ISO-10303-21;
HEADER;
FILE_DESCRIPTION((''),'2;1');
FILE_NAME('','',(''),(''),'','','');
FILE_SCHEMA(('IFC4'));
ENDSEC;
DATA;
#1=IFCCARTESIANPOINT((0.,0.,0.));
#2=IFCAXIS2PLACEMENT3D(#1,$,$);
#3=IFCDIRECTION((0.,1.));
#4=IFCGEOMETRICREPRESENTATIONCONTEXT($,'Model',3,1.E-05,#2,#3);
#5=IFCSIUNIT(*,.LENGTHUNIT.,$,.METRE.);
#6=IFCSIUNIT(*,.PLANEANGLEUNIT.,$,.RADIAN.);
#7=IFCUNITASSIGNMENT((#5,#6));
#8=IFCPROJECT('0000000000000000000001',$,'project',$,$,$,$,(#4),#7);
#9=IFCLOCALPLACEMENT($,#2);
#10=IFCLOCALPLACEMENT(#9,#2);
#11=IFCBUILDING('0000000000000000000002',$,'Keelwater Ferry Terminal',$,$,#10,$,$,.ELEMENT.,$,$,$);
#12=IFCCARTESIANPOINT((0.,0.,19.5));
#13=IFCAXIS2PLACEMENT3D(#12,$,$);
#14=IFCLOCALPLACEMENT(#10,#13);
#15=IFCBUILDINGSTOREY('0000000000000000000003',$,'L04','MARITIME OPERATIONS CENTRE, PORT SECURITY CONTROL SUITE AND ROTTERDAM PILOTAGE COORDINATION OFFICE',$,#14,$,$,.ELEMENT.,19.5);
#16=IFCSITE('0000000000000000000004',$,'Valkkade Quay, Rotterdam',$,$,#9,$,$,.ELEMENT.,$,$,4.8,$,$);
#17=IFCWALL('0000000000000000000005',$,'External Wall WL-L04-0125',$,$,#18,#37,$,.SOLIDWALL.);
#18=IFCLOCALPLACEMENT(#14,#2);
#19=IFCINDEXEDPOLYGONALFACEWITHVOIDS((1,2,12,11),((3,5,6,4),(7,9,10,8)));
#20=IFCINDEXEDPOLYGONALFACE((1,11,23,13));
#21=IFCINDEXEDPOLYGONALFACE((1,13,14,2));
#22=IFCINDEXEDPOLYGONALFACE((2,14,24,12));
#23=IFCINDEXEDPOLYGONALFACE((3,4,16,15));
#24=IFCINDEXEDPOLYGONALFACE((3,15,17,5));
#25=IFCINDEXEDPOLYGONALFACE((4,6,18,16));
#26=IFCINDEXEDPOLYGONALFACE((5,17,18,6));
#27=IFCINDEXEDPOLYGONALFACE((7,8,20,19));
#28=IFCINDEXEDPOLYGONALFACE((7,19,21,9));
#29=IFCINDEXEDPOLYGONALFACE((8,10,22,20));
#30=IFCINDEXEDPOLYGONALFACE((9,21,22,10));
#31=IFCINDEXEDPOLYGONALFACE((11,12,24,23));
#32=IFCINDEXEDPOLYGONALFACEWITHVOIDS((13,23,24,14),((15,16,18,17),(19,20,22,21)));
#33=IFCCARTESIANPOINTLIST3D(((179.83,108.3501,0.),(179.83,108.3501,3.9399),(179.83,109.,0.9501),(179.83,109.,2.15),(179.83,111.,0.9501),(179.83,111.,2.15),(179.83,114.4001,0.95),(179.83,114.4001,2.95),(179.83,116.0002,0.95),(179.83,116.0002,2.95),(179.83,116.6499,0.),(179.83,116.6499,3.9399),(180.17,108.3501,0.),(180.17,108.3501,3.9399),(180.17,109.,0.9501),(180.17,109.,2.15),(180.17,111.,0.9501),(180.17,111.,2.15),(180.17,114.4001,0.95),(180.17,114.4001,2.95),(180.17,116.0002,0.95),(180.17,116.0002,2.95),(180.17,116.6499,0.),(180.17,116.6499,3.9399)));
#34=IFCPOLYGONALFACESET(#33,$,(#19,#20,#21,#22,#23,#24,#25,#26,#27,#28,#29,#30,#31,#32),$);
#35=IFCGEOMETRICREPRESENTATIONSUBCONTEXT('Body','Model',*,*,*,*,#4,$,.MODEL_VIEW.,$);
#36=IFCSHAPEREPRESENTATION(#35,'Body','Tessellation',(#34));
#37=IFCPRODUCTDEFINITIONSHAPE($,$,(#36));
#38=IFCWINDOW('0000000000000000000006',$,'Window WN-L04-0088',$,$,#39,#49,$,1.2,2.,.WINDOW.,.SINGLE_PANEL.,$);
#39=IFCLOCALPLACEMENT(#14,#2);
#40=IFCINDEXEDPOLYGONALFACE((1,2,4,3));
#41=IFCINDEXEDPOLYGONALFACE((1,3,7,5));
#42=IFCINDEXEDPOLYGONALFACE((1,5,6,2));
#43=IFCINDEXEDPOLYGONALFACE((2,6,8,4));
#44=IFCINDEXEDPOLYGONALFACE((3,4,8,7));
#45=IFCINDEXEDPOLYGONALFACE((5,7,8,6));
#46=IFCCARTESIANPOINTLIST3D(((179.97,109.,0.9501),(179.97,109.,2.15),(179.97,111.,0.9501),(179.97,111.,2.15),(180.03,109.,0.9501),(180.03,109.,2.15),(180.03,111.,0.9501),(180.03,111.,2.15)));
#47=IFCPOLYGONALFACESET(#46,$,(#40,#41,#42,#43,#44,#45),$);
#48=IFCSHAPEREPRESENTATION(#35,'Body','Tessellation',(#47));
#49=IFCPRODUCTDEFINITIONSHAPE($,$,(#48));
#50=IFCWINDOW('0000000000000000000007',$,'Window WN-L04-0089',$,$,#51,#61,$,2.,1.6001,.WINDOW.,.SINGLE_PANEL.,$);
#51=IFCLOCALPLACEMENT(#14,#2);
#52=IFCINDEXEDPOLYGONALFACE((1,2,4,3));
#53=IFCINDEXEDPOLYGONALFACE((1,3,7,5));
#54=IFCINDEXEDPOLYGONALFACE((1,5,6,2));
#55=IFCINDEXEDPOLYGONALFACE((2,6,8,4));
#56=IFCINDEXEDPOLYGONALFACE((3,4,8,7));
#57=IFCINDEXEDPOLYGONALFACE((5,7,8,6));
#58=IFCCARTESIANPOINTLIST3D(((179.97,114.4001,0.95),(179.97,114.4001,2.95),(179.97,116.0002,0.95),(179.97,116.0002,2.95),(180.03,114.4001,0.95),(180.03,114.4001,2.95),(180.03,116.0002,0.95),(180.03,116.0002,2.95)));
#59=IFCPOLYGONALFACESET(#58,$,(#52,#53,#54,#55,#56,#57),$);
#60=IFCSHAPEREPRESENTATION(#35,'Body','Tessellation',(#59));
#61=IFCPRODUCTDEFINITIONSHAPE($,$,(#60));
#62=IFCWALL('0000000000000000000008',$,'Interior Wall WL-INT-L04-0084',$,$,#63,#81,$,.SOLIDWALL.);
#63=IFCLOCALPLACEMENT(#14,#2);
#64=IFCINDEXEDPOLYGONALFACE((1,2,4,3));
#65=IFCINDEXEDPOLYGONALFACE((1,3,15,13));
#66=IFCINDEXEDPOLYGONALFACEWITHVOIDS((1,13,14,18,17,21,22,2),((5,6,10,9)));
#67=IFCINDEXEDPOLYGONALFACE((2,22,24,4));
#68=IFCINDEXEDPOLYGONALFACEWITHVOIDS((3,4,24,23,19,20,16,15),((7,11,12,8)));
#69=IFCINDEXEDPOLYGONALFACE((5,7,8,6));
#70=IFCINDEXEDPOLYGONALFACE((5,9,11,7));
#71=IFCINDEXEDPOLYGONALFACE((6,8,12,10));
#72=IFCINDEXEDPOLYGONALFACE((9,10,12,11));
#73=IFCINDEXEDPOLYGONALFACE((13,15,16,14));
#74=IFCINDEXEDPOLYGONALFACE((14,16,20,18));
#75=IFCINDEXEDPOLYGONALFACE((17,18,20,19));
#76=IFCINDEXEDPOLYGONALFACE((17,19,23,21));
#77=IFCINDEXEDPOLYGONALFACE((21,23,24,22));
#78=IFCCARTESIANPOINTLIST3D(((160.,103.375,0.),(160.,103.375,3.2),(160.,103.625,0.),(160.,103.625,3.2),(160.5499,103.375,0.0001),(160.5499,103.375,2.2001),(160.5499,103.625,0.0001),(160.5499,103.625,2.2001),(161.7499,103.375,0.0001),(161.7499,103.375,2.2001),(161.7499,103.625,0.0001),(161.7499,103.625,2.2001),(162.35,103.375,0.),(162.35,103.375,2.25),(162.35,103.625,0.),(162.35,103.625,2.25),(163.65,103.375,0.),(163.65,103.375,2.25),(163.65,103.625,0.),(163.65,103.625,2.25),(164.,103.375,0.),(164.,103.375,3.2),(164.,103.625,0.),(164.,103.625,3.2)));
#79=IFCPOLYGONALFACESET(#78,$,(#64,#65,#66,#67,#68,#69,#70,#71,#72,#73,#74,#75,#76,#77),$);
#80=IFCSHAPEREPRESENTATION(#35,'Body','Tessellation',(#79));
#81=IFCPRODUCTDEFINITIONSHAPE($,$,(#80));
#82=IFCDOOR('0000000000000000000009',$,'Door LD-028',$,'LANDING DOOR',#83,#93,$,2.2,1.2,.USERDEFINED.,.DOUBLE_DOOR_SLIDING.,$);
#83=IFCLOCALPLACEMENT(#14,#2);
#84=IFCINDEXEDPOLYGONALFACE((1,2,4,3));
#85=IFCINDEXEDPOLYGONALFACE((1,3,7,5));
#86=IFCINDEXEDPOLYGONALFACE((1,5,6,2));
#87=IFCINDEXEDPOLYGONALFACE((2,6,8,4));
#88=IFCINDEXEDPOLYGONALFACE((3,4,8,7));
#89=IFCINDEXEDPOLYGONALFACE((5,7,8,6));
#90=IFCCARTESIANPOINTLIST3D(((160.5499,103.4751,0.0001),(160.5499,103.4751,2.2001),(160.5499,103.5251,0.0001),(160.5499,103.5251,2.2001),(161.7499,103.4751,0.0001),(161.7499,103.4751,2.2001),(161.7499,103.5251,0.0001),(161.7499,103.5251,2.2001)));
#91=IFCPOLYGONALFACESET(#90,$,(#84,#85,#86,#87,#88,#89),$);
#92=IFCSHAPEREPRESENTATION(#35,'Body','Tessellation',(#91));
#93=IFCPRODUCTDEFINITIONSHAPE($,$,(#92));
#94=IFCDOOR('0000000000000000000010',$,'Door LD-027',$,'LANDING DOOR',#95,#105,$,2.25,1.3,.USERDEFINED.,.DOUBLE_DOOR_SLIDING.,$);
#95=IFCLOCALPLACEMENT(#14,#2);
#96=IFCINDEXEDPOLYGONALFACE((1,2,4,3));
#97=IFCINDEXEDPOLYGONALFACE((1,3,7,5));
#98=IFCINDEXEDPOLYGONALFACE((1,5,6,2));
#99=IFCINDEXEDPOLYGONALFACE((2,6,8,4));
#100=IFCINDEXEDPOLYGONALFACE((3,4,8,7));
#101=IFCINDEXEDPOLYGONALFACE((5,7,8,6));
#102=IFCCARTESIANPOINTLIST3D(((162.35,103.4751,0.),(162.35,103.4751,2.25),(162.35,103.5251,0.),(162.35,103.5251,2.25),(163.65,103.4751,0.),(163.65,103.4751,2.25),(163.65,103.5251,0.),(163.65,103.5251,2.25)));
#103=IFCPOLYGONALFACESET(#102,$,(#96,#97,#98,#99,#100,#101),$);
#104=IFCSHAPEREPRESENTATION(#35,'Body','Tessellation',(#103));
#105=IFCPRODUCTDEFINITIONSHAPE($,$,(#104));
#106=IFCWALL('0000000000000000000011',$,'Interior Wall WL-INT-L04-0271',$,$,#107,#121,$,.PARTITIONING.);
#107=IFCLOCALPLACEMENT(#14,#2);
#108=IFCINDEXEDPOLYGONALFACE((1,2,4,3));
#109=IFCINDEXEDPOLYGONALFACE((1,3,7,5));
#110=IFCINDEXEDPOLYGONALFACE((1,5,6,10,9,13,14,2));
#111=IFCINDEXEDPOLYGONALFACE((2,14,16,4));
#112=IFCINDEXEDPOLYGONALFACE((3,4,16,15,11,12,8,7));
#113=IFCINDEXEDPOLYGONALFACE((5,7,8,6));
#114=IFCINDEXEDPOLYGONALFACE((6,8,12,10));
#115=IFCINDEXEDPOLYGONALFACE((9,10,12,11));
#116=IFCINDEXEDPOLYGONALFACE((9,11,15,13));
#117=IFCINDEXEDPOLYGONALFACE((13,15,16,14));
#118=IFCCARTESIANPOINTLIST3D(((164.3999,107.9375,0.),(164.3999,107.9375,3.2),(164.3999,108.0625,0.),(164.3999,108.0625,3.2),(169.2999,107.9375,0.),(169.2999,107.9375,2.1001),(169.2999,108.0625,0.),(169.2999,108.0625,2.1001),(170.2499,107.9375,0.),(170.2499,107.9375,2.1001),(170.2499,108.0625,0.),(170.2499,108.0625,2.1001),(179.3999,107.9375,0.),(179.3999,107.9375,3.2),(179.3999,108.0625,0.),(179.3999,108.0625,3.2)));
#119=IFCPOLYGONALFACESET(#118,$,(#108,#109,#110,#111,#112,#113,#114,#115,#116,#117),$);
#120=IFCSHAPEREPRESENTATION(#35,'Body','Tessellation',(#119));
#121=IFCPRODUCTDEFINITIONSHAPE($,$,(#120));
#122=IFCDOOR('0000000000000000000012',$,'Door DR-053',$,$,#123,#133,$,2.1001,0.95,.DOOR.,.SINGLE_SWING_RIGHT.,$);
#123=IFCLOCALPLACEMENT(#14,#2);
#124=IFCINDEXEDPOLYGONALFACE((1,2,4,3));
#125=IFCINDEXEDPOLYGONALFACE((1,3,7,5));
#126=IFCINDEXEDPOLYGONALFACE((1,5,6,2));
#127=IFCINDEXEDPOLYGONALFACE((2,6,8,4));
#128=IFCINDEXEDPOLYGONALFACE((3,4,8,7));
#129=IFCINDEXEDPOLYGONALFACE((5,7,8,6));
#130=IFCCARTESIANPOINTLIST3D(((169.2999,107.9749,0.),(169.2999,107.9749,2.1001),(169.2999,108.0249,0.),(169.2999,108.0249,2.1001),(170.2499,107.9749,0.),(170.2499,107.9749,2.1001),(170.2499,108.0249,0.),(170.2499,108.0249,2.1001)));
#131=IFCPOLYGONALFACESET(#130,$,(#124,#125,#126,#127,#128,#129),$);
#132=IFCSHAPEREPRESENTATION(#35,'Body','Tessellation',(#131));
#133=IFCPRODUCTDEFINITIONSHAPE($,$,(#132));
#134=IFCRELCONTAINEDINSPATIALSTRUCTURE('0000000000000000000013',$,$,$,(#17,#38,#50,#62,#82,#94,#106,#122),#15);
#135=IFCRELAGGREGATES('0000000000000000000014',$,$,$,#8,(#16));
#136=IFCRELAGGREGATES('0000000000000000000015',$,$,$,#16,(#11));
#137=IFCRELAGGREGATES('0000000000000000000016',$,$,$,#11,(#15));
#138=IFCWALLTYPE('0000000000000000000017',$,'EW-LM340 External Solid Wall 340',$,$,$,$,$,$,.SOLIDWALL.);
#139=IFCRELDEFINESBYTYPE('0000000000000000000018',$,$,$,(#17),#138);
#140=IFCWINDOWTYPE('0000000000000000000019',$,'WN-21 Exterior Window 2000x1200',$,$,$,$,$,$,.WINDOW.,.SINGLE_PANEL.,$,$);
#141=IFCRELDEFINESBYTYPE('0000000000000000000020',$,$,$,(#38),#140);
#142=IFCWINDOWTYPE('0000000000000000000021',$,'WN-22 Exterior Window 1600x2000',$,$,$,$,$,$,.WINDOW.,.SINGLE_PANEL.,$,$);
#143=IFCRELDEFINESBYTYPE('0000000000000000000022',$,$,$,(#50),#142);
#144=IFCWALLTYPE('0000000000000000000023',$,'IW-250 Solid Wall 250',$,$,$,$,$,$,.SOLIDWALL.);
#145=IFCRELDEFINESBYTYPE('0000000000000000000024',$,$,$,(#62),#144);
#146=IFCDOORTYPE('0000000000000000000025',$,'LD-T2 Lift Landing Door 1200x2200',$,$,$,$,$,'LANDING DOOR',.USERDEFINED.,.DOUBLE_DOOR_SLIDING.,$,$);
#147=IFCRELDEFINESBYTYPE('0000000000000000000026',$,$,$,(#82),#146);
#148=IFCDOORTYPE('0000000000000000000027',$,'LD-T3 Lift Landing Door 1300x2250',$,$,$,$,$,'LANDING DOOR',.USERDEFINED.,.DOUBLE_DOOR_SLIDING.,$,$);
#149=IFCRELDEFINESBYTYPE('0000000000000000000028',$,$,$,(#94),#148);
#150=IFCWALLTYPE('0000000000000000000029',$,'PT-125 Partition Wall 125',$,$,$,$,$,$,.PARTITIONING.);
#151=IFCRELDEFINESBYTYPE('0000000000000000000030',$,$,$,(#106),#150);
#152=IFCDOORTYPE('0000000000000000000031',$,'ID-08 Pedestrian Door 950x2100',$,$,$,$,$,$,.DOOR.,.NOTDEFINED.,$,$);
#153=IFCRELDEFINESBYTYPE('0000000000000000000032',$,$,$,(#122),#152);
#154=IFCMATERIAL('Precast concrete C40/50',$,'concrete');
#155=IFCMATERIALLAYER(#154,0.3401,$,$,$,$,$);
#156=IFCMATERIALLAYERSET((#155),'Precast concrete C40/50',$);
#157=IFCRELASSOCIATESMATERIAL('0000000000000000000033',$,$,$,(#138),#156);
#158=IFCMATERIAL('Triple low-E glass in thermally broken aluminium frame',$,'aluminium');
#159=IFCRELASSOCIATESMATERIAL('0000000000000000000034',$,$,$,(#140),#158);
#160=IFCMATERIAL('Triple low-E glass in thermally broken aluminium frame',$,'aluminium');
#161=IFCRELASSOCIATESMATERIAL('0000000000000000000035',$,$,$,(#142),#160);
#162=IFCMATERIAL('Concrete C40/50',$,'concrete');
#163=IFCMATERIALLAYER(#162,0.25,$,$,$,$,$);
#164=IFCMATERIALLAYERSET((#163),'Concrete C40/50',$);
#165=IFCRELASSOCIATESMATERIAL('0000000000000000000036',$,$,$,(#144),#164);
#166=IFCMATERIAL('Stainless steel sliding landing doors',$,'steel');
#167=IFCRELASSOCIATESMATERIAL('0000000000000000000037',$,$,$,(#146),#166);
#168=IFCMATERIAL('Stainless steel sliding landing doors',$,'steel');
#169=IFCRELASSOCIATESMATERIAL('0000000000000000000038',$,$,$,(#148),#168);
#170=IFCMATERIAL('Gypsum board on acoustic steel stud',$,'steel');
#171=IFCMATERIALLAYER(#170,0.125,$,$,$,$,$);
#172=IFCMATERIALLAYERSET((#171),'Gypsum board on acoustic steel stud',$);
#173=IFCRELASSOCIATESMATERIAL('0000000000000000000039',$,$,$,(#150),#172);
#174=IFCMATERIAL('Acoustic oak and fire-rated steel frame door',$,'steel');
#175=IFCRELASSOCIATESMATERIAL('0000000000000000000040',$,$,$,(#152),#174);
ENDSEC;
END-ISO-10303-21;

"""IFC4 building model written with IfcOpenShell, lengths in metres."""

from ifc_helpers import new_model, si_unit, direction, frame, frame_2d, origin, place, context, subcontext, project, spatial, rectangle, extrude, material, layer, layer_set, type_object, element, fill, save


model = new_model("IFC4")

# Units and contexts
model_context = context("Model", 3, precision=1e-05, world=origin(), true_north=direction((0.0, 1.0)))
body_context = subcontext(model_context, "Body", "Model", "MODEL_VIEW")
ifc_project = project(units=[si_unit("LENGTHUNIT", "METRE"), si_unit("PLANEANGLEUNIT", "RADIAN")], contexts=[model_context])

# Site, building, storey
site_placement = place(None, origin())
site = spatial("IfcSite", under=ifc_project, at=site_placement, Name="Valkkade Quay, Rotterdam", CompositionType="ELEMENT", RefElevation=4.8)
building_placement = place(site_placement, origin())
building = spatial("IfcBuilding", under=site, at=building_placement, Name="Keelwater Ferry Terminal", CompositionType="ELEMENT")
storey_placement = place(building_placement, frame((0.0, 0.0, 19.5)))
storey = spatial("IfcBuildingStorey", under=building, at=storey_placement, Name="L04", Description="MARITIME OPERATIONS CENTRE, PORT SECURITY CONTROL SUITE AND ROTTERDAM PILOTAGE COORDINATION OFFICE", CompositionType="ELEMENT", Elevation=19.5)

# Wall, openings, windows
ifc_material_1 = material(Name="Precast concrete C40/50", Category="concrete")
ifc_layer_1 = layer(ifc_material_1, 0.3401)
ifc_layer_set_1 = layer_set([ifc_layer_1], Name="Precast concrete C40/50")
wall_type_1 = type_object("IfcWallType", Name="EW-LM340 External Solid Wall 340", PredefinedType="SOLIDWALL", material=ifc_layer_set_1)
wall_1_placement = place(storey_placement, frame((180.0, 108.3501, 0.0), z_axis=(0.0, 0.0, 1.0), x_axis=(0.0, 1.0, 0.0)))
wall_1 = element("IfcWall", 1, at=wall_1_placement, inside=storey, type_object=wall_type_1, Name="External Wall WL-L04-0125", PredefinedType="SOLIDWALL", context=body_context, shape_type="SweptSolid", body=[
    extrude(rectangle(XDim=8.2998, YDim=0.3401, at=frame_2d((4.1499, 0.0))), origin(), (0.0, 0.0, 1.0), 3.9399),
])
opening_1_placement = place(wall_1_placement, frame((0.6499, 0.0, 0.95)))
opening_1 = element("IfcOpeningElement", 2, at=opening_1_placement, cuts=wall_1, PredefinedType="OPENING", context=body_context, shape_type="SweptSolid", body=[
    extrude(rectangle(XDim=2.0, YDim=1.2, at=frame_2d((1.0, 0.6001))), frame((0.0, 0.1799, 0.0), z_axis=(0.0, -1.0, 0.0), x_axis=(1.0, 0.0, 0.0)), (0.0, 0.0, 1.0), 0.3601),
])
opening_2_placement = place(wall_1_placement, frame((6.05, 0.0, 0.95)))
opening_2 = element("IfcOpeningElement", 3, at=opening_2_placement, cuts=wall_1, PredefinedType="OPENING", context=body_context, shape_type="SweptSolid", body=[
    extrude(rectangle(XDim=1.6001, YDim=2.0, at=frame_2d((0.8, 1.0))), frame((0.0, 0.1799, 0.0), z_axis=(0.0, -1.0, 0.0), x_axis=(1.0, 0.0, 0.0)), (0.0, 0.0, 1.0), 0.3601),
])
ifc_material_2 = material(Name="Triple low-E glass in thermally broken aluminium frame", Category="aluminium")
window_type_1 = type_object("IfcWindowType", Name="WN-21 Exterior Window 2000x1200", PartitioningType="SINGLE_PANEL", PredefinedType="WINDOW", material=ifc_material_2)
window_1_placement = place(opening_1_placement, origin())
window_1 = element("IfcWindow", 4, at=window_1_placement, inside=storey, type_object=window_type_1, Name="Window WN-L04-0088", OverallHeight=1.2, OverallWidth=2.0, PartitioningType="SINGLE_PANEL", PredefinedType="WINDOW", context=body_context, shape_type="SweptSolid", body=[
    extrude(rectangle(XDim=2.0, YDim=1.2, at=frame_2d((1.0, 0.6001))), frame((0.0, 0.03, 0.0), z_axis=(0.0, -1.0, 0.0), x_axis=(1.0, 0.0, 0.0)), (0.0, 0.0, 1.0), 0.0601),
])
fill(opening_1, window_1)
ifc_material_3 = material(Name="Triple low-E glass in thermally broken aluminium frame", Category="aluminium")
window_type_2 = type_object("IfcWindowType", Name="WN-22 Exterior Window 1600x2000", PartitioningType="SINGLE_PANEL", PredefinedType="WINDOW", material=ifc_material_3)
window_2_placement = place(opening_2_placement, origin())
window_2 = element("IfcWindow", 5, at=window_2_placement, inside=storey, type_object=window_type_2, Name="Window WN-L04-0089", OverallHeight=2.0, OverallWidth=1.6001, PartitioningType="SINGLE_PANEL", PredefinedType="WINDOW", context=body_context, shape_type="SweptSolid", body=[
    extrude(rectangle(XDim=1.6001, YDim=2.0, at=frame_2d((0.8, 1.0))), frame((0.0, 0.03, 0.0), z_axis=(0.0, -1.0, 0.0), x_axis=(1.0, 0.0, 0.0)), (0.0, 0.0, 1.0), 0.0601),
])
fill(opening_2, window_2)

# Wall, openings, doors
ifc_material_4 = material(Name="Concrete C40/50", Category="concrete")
ifc_layer_2 = layer(ifc_material_4, 0.25)
ifc_layer_set_2 = layer_set([ifc_layer_2], Name="Concrete C40/50")
wall_type_2 = type_object("IfcWallType", Name="IW-250 Solid Wall 250", PredefinedType="SOLIDWALL", material=ifc_layer_set_2)
wall_2_placement = place(storey_placement, frame((164.0, 103.5, 0.0), z_axis=(0.0, 0.0, 1.0), x_axis=(-1.0, 0.0, 0.0)))
wall_2 = element("IfcWall", 6, at=wall_2_placement, inside=storey, type_object=wall_type_2, Name="Interior Wall WL-INT-L04-0084", PredefinedType="SOLIDWALL", context=body_context, shape_type="SweptSolid", body=[
    extrude(rectangle(XDim=4.0, YDim=0.25, at=frame_2d((2.0, 0.0))), origin(), (0.0, 0.0, 1.0), 3.2),
])
opening_3_placement = place(wall_2_placement, frame((0.3501, 0.0, 0.0)))
opening_3 = element("IfcOpeningElement", 7, at=opening_3_placement, cuts=wall_2, PredefinedType="OPENING", context=body_context, shape_type="SweptSolid", body=[
    extrude(rectangle(XDim=1.3, YDim=2.25, at=frame_2d((0.6499, 1.125))), frame((0.0, 0.135, 0.0), z_axis=(0.0, -1.0, 0.0), x_axis=(1.0, 0.0, 0.0)), (0.0, 0.0, 1.0), 0.27),
])
opening_4_placement = place(wall_2_placement, frame((2.25, 0.0, 0.0)))
opening_4 = element("IfcOpeningElement", 8, at=opening_4_placement, cuts=wall_2, PredefinedType="OPENING", context=body_context, shape_type="SweptSolid", body=[
    extrude(rectangle(XDim=1.2, YDim=2.2, at=frame_2d((0.6001, 1.1001))), frame((0.0, 0.135, 0.0), z_axis=(0.0, -1.0, 0.0), x_axis=(1.0, 0.0, 0.0)), (0.0, 0.0, 1.0), 0.27),
])
ifc_material_5 = material(Name="Stainless steel sliding landing doors", Category="steel")
door_type_1 = type_object("IfcDoorType", Name="LD-T2 Lift Landing Door 1200x2200", ElementType="LANDING DOOR", OperationType="DOUBLE_DOOR_SLIDING", PredefinedType="USERDEFINED", material=ifc_material_5)
door_1_placement = place(opening_4_placement, origin())
door_1 = element("IfcDoor", 9, at=door_1_placement, inside=storey, type_object=door_type_1, Name="Door LD-028", ObjectType="LANDING DOOR", OperationType="DOUBLE_DOOR_SLIDING", OverallHeight=2.2, OverallWidth=1.2, PredefinedType="USERDEFINED", context=body_context, shape_type="SweptSolid", body=[
    extrude(rectangle(XDim=1.2, YDim=2.2, at=frame_2d((0.6001, 1.1001))), frame((0.0, 0.0249, 0.0), z_axis=(0.0, -1.0, 0.0), x_axis=(1.0, 0.0, 0.0)), (0.0, 0.0, 1.0), 0.05),
])
fill(opening_4, door_1)
ifc_material_6 = material(Name="Stainless steel sliding landing doors", Category="steel")
door_type_2 = type_object("IfcDoorType", Name="LD-T3 Lift Landing Door 1300x2250", ElementType="LANDING DOOR", OperationType="DOUBLE_DOOR_SLIDING", PredefinedType="USERDEFINED", material=ifc_material_6)
door_2_placement = place(opening_3_placement, origin())
door_2 = element("IfcDoor", 10, at=door_2_placement, inside=storey, type_object=door_type_2, Name="Door LD-027", ObjectType="LANDING DOOR", OperationType="DOUBLE_DOOR_SLIDING", OverallHeight=2.25, OverallWidth=1.3, PredefinedType="USERDEFINED", context=body_context, shape_type="SweptSolid", body=[
    extrude(rectangle(XDim=1.3, YDim=2.25, at=frame_2d((0.6499, 1.125))), frame((0.0, 0.0249, 0.0), z_axis=(0.0, -1.0, 0.0), x_axis=(1.0, 0.0, 0.0)), (0.0, 0.0, 1.0), 0.05),
])
fill(opening_3, door_2)

# Wall, opening, door
ifc_material_7 = material(Name="Gypsum board on acoustic steel stud", Category="steel")
ifc_layer_3 = layer(ifc_material_7, 0.125)
ifc_layer_set_3 = layer_set([ifc_layer_3], Name="Gypsum board on acoustic steel stud")
wall_type_3 = type_object("IfcWallType", Name="PT-125 Partition Wall 125", PredefinedType="PARTITIONING", material=ifc_layer_set_3)
wall_3_placement = place(storey_placement, frame((164.3999, 108.0, 0.0), z_axis=(0.0, 0.0, 1.0), x_axis=(1.0, 0.0, 0.0)))
wall_3 = element("IfcWall", 11, at=wall_3_placement, inside=storey, type_object=wall_type_3, Name="Interior Wall WL-INT-L04-0271", PredefinedType="PARTITIONING", context=body_context, shape_type="SweptSolid", body=[
    extrude(rectangle(XDim=15.0, YDim=0.125, at=frame_2d((7.5, 0.0))), origin(), (0.0, 0.0, 1.0), 3.2),
])
opening_5_placement = place(wall_3_placement, frame((4.8999, 0.0, 0.0)))
opening_5 = element("IfcOpeningElement", 12, at=opening_5_placement, cuts=wall_3, PredefinedType="OPENING", context=body_context, shape_type="SweptSolid", body=[
    extrude(rectangle(XDim=0.95, YDim=2.1001, at=frame_2d((0.4751, 1.05))), frame((0.0, 0.0725, 0.0), z_axis=(0.0, -1.0, 0.0), x_axis=(1.0, 0.0, 0.0)), (0.0, 0.0, 1.0), 0.145),
])
ifc_material_8 = material(Name="Acoustic oak and fire-rated steel frame door", Category="steel")
door_type_3 = type_object("IfcDoorType", Name="ID-08 Pedestrian Door 950x2100", OperationType="NOTDEFINED", PredefinedType="DOOR", material=ifc_material_8)
door_3_placement = place(opening_5_placement, origin())
door_3 = element("IfcDoor", 13, at=door_3_placement, inside=storey, type_object=door_type_3, Name="Door DR-053", OperationType="SINGLE_SWING_RIGHT", OverallHeight=2.1001, OverallWidth=0.95, PredefinedType="DOOR", context=body_context, shape_type="SweptSolid", body=[
    extrude(rectangle(XDim=0.95, YDim=2.1001, at=frame_2d((0.4751, 1.05))), frame((0.0, 0.0249, 0.0), z_axis=(0.0, -1.0, 0.0), x_axis=(1.0, 0.0, 0.0)), (0.0, 0.0, 1.0), 0.05),
])
fill(opening_5, door_3)

save(model, "model.ifc")
